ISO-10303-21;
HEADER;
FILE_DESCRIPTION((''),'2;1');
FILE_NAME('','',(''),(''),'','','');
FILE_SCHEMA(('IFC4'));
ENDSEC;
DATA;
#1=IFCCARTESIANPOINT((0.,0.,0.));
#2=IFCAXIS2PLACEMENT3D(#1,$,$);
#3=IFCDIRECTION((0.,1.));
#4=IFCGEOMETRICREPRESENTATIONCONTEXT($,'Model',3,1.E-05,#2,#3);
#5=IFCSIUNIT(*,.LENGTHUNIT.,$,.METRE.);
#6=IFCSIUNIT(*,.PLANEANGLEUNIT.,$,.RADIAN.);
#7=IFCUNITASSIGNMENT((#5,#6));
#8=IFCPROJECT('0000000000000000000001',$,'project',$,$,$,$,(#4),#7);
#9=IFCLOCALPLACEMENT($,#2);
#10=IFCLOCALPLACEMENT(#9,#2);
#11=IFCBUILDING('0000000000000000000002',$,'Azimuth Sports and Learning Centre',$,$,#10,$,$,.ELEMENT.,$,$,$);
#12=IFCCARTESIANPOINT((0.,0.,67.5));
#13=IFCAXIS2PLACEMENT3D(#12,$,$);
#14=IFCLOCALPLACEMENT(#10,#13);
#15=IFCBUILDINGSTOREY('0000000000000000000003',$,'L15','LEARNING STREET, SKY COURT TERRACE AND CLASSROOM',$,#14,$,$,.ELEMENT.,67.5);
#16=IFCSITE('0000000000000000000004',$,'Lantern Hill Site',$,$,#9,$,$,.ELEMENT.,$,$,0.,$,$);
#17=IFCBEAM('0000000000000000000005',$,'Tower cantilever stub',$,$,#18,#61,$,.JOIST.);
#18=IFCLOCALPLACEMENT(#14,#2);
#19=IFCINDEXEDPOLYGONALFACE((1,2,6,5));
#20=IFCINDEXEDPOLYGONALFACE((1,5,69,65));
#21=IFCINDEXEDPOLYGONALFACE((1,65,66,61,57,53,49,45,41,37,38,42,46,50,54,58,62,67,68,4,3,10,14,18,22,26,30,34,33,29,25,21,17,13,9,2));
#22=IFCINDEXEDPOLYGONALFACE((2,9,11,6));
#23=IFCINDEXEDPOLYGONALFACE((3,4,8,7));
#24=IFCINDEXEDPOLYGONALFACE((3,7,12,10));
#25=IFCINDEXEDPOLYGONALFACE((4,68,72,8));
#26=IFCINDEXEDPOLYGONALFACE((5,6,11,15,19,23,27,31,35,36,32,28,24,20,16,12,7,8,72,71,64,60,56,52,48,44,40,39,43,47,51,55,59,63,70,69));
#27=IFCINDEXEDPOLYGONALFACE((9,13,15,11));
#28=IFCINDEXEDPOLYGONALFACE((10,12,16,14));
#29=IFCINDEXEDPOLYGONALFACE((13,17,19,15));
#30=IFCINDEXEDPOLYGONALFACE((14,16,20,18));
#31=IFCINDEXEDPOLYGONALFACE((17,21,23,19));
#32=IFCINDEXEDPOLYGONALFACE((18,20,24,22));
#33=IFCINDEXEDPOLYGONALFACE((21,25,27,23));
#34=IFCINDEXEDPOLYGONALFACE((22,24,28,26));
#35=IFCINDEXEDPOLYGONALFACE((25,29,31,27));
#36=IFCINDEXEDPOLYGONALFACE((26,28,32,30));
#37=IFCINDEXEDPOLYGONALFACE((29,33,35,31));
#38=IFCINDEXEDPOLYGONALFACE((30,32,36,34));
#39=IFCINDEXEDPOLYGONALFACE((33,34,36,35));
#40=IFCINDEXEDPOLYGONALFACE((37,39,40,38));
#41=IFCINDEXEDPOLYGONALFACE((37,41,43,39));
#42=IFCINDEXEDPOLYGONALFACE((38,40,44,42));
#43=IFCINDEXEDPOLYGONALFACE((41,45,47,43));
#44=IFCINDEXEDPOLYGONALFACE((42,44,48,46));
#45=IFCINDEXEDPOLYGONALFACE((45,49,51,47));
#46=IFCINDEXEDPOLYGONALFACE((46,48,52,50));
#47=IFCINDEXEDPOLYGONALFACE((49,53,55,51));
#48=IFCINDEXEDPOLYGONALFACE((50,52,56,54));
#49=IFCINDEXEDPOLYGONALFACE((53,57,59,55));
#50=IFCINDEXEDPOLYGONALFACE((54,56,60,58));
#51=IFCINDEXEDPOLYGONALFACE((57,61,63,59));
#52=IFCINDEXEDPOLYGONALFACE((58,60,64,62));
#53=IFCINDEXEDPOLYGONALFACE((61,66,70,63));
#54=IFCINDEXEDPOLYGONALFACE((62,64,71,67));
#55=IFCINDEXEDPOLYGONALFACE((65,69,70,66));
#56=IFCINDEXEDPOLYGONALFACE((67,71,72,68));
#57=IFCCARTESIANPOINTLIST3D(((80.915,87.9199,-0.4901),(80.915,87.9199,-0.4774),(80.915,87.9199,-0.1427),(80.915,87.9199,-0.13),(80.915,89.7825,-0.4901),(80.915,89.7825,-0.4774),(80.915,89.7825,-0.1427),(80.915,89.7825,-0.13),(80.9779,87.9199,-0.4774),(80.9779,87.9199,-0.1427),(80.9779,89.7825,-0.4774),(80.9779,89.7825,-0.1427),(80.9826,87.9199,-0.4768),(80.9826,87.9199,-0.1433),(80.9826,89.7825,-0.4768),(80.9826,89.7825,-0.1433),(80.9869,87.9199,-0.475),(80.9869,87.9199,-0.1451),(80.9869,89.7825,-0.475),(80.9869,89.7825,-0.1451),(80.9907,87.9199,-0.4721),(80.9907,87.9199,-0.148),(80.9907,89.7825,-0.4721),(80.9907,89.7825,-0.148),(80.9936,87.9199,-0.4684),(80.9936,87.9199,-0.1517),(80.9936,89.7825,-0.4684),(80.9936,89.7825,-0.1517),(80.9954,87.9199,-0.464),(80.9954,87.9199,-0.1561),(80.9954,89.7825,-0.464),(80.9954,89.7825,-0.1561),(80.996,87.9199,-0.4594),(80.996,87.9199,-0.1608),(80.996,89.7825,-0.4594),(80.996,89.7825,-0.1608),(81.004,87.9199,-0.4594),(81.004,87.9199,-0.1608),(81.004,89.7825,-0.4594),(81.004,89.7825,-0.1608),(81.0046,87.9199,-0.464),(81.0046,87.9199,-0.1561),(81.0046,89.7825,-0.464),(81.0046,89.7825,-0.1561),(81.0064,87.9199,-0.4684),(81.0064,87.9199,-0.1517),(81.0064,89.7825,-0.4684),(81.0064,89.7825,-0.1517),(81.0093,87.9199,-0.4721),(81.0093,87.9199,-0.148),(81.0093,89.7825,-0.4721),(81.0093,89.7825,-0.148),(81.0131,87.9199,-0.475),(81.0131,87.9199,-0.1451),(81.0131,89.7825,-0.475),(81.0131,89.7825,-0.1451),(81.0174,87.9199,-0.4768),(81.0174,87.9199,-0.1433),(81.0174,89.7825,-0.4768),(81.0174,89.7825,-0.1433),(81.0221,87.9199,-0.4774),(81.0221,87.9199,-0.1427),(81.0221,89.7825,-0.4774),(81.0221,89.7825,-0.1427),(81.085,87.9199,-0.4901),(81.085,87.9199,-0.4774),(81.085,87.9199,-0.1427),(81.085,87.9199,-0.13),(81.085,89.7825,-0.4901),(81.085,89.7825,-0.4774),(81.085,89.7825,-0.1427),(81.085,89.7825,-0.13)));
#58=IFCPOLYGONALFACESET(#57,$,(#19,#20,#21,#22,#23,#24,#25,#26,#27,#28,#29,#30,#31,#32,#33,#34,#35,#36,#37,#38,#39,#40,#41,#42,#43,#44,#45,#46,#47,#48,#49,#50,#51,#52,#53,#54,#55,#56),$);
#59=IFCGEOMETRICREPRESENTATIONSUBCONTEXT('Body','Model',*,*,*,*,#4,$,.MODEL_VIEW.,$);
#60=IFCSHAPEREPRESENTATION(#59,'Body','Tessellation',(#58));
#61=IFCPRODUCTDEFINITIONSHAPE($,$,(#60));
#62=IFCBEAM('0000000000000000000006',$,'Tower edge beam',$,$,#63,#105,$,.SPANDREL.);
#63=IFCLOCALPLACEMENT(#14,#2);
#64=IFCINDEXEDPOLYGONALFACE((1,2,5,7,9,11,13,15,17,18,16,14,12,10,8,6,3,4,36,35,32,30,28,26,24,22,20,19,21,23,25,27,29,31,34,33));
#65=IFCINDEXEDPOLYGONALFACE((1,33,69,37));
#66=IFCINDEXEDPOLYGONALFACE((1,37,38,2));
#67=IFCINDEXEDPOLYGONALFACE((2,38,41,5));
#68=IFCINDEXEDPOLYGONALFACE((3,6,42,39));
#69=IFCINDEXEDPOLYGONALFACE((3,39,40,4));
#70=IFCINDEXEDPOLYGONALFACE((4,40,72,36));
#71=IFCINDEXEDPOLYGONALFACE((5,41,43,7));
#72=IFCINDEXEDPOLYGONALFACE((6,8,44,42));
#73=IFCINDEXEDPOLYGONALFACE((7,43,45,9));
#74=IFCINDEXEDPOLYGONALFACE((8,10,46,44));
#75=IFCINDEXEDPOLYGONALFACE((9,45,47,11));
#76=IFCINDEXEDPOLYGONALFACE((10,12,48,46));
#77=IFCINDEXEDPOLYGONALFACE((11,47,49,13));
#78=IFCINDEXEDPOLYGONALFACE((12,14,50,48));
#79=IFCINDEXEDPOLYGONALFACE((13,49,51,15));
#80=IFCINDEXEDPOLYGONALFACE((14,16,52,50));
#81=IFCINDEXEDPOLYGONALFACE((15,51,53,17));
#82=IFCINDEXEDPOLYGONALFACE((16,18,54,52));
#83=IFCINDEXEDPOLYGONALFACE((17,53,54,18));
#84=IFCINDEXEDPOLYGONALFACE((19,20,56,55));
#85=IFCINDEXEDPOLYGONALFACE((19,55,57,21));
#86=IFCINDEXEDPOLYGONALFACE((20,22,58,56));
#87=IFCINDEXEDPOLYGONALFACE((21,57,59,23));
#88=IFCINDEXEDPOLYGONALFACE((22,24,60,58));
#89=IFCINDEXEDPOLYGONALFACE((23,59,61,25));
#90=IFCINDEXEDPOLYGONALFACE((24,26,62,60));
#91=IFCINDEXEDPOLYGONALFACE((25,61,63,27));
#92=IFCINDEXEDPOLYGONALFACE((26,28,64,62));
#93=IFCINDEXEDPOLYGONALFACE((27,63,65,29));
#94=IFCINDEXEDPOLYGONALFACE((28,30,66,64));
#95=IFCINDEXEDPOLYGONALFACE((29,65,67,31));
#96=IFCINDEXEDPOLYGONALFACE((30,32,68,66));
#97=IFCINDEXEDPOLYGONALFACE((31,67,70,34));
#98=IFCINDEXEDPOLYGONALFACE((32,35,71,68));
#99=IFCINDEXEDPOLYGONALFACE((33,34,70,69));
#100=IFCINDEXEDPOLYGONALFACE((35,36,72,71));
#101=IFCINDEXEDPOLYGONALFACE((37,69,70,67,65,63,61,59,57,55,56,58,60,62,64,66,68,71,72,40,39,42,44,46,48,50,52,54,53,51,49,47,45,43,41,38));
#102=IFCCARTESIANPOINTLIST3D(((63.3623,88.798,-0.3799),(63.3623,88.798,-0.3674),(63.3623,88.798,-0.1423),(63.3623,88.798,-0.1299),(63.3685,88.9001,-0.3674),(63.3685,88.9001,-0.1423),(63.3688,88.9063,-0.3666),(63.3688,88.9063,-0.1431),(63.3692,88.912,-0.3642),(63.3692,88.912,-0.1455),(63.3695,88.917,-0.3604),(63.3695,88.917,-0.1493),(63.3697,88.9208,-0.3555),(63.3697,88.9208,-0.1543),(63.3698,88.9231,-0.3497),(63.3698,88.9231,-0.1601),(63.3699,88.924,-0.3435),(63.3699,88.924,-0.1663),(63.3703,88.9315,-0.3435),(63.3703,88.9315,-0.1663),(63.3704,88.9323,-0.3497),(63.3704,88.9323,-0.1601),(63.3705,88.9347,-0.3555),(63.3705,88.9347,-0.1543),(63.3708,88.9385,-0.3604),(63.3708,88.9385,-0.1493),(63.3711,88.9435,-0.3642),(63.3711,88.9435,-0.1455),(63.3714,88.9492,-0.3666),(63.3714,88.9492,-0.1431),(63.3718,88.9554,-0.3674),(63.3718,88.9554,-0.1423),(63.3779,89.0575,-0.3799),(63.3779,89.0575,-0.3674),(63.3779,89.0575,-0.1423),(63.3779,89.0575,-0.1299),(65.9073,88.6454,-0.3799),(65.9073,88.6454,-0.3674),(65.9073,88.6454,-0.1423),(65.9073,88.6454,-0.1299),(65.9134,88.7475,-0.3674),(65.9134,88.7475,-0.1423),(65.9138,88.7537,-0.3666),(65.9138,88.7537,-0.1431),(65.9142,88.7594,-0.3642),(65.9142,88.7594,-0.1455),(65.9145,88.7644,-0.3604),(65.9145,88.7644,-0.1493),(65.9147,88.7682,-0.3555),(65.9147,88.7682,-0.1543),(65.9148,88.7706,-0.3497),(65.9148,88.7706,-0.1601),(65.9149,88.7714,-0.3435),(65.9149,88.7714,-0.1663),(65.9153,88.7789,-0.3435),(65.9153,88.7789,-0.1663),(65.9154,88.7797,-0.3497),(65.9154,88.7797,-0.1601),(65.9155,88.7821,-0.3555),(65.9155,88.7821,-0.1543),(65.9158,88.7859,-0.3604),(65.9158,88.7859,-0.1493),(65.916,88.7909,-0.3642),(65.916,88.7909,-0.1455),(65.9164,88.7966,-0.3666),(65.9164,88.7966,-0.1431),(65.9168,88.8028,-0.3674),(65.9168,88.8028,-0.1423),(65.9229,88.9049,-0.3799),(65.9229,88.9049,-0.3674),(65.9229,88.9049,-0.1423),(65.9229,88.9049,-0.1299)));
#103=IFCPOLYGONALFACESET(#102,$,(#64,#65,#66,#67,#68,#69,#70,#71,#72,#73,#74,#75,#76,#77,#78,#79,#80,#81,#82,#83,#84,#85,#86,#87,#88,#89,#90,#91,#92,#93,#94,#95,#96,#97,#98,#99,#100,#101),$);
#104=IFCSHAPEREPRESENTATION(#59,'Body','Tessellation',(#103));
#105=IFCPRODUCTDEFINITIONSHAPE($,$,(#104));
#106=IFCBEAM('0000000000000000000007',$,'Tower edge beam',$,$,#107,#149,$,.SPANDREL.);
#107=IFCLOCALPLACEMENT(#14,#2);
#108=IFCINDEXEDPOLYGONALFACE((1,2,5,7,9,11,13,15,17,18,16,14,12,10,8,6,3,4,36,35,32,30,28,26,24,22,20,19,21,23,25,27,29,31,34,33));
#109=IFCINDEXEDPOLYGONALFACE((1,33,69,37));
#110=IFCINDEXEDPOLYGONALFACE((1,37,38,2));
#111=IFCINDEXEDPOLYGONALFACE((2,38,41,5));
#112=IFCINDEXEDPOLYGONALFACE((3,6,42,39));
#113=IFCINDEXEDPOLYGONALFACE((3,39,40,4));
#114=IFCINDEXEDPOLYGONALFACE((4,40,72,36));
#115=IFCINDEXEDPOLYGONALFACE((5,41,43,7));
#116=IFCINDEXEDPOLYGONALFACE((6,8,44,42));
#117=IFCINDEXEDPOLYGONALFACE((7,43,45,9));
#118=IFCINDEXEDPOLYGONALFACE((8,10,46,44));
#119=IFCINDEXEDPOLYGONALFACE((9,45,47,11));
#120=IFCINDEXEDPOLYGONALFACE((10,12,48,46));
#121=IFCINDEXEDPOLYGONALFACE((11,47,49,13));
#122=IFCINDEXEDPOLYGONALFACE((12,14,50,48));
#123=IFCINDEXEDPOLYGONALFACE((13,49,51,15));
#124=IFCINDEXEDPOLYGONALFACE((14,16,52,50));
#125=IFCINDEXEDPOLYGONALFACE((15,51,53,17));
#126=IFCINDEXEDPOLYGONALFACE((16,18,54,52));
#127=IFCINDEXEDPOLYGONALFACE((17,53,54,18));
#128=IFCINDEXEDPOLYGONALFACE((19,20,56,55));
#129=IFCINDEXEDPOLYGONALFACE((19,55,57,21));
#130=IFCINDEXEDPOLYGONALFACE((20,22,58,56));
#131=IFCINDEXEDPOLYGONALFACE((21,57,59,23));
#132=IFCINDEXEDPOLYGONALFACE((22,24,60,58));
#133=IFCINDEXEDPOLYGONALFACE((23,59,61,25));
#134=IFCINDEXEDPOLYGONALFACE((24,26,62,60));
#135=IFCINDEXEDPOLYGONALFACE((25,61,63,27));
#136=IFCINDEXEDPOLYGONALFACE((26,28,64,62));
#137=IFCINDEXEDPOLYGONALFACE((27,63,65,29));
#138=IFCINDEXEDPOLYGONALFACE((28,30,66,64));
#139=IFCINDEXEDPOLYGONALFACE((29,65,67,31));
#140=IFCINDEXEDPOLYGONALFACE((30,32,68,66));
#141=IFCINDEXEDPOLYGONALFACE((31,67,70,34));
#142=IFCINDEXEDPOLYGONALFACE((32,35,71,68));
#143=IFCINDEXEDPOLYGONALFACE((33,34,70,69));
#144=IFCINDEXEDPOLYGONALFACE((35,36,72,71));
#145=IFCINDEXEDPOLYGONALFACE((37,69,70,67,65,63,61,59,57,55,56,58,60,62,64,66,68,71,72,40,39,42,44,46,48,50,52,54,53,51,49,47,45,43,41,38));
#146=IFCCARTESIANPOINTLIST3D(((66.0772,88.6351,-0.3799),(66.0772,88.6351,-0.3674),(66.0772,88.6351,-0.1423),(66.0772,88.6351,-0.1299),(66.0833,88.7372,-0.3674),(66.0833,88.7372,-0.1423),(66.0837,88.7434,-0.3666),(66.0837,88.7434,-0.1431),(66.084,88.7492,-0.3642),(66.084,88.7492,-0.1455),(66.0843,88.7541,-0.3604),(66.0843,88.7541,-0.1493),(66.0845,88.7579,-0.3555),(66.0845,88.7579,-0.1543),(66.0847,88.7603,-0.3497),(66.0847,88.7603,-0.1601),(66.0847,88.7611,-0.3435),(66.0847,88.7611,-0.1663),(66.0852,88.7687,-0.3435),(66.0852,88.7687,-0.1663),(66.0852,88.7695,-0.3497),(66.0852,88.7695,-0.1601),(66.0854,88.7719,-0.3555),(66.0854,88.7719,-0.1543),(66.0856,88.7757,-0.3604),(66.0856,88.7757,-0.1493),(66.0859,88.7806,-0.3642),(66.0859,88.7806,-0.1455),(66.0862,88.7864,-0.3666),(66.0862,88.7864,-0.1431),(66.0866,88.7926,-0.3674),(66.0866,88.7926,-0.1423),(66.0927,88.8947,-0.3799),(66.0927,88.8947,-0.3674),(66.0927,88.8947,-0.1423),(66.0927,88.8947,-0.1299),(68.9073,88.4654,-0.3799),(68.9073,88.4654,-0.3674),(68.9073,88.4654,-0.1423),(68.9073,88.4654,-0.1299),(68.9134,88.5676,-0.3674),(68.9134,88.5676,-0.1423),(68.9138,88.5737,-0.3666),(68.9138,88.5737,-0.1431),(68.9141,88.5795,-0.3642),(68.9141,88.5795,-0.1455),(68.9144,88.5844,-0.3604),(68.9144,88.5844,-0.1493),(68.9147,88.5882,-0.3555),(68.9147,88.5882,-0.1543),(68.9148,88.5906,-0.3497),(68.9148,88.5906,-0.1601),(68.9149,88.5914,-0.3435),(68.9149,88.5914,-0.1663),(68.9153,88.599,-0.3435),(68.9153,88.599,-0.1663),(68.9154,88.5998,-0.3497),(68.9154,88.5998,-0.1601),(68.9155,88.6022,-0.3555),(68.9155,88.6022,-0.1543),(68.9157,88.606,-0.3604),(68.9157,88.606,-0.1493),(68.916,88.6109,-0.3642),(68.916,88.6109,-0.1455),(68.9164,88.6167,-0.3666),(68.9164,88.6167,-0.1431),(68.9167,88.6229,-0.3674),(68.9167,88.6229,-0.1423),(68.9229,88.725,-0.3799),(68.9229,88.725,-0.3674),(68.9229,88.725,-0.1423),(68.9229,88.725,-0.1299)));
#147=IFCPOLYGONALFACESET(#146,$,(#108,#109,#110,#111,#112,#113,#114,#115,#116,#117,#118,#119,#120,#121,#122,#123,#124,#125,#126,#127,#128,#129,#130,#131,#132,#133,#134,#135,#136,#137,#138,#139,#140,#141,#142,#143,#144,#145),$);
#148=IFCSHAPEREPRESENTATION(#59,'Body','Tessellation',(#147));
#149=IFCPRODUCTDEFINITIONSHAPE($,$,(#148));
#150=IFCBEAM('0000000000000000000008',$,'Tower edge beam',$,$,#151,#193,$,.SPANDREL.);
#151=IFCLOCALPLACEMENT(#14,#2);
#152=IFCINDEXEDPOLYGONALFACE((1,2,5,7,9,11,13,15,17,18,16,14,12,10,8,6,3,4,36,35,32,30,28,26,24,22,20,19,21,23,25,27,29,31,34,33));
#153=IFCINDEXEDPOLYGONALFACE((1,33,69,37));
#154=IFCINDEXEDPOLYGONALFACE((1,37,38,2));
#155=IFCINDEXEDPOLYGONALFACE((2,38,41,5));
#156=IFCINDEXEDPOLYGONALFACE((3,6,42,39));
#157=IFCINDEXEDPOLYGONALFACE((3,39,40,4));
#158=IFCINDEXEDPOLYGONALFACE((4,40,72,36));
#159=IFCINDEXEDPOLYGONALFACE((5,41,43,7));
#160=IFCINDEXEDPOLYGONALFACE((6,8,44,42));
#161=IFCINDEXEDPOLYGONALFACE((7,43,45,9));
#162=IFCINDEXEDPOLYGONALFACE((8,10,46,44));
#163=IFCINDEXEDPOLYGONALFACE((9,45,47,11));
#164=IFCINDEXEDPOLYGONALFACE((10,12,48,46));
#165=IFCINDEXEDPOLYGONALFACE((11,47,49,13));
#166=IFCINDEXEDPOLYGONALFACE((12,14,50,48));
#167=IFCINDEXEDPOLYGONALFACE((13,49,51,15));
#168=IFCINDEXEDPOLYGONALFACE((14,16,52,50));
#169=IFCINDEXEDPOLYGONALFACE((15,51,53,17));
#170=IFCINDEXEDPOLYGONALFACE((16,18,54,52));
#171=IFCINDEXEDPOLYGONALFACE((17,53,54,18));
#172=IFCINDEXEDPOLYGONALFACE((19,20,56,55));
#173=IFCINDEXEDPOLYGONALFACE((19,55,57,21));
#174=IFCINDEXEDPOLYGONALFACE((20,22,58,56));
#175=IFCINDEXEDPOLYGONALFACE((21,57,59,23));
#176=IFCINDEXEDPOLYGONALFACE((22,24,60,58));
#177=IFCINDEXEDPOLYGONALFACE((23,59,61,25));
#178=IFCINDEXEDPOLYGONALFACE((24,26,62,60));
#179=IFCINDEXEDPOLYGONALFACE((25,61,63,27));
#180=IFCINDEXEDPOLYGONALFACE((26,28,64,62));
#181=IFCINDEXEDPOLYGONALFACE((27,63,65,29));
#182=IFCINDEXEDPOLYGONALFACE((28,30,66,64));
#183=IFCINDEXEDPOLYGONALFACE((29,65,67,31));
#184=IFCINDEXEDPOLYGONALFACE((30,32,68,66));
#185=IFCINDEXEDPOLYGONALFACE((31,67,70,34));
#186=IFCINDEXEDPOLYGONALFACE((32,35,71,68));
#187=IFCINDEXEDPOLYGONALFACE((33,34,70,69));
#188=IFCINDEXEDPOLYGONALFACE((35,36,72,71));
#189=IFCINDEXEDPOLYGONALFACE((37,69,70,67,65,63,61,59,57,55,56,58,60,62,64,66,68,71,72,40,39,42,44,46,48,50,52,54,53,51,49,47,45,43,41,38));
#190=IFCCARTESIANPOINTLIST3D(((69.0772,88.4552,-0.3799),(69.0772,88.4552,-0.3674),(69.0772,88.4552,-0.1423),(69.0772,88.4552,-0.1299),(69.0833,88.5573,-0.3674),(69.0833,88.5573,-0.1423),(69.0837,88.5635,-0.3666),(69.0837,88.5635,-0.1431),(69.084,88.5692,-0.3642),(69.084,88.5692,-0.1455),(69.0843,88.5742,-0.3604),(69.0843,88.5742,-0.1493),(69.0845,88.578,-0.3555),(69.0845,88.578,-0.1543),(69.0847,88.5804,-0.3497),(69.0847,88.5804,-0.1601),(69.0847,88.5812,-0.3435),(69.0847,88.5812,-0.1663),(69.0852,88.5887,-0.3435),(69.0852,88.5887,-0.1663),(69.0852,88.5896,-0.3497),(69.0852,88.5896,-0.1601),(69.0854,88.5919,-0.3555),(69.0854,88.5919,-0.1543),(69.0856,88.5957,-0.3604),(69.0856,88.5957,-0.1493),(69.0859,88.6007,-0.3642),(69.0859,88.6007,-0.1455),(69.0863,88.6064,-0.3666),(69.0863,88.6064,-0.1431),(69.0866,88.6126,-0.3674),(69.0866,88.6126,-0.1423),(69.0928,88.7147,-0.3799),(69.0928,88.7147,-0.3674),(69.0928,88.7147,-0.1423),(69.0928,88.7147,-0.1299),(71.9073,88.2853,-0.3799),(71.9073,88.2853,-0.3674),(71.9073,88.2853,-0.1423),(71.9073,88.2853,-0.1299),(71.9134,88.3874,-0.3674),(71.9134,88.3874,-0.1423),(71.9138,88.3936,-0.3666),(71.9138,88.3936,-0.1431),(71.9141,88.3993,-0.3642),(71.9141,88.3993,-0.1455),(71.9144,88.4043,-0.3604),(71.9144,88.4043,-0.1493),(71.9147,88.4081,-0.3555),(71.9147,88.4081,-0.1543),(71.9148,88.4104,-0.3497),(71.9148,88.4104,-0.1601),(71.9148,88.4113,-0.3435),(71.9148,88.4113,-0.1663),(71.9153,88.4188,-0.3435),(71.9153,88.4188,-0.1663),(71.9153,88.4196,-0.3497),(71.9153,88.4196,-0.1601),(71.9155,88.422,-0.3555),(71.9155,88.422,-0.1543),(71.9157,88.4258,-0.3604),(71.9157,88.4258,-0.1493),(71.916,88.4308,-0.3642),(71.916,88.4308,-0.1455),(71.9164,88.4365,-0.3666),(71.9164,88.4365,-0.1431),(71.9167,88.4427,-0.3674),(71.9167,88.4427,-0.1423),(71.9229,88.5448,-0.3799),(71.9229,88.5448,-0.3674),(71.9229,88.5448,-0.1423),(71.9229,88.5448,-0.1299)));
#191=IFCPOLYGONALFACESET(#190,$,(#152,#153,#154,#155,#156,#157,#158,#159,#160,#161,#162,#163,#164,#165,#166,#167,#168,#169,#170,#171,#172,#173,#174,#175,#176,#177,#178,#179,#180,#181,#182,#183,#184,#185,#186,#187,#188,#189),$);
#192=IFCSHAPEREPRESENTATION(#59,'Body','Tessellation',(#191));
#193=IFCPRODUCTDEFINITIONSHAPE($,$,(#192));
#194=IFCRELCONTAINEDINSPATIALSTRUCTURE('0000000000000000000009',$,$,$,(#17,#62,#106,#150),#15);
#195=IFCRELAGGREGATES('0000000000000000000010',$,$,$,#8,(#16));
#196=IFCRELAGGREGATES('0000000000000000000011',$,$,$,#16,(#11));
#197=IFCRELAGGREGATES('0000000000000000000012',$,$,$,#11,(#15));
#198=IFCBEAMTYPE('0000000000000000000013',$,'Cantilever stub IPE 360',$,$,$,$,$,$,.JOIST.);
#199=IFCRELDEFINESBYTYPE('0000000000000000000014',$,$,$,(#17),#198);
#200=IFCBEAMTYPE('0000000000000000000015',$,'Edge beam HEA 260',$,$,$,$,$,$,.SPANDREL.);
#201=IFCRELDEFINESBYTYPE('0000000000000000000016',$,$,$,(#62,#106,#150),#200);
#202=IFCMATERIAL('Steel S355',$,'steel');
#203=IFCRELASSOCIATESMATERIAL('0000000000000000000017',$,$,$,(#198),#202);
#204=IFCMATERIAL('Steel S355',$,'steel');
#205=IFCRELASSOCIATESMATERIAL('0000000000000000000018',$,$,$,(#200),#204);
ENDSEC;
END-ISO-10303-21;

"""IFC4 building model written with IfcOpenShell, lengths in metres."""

from ifc_helpers import new_model, si_unit, direction, frame, origin, origin_2d, place, context, subcontext, project, spatial, i_section, extrude, material, material_profile, profile_set, type_object, element, save


model = new_model("IFC4")

# Units and contexts
model_context = context("Model", 3, precision=1e-05, world=origin(), true_north=direction((0.0, 1.0)))
body_context = subcontext(model_context, "Body", "Model", "MODEL_VIEW")
ifc_project = project(units=[si_unit("LENGTHUNIT", "METRE"), si_unit("PLANEANGLEUNIT", "RADIAN")], contexts=[model_context])

# Site, building, storey
site_placement = place(None, origin())
site = spatial("IfcSite", under=ifc_project, at=site_placement, Name="Lantern Hill Site", CompositionType="ELEMENT", RefElevation=0.0)
building_placement = place(site_placement, origin())
building = spatial("IfcBuilding", under=site, at=building_placement, Name="Azimuth Sports and Learning Centre", CompositionType="ELEMENT")
storey_placement = place(building_placement, frame((0.0, 0.0, 67.5)))
storey = spatial("IfcBuildingStorey", under=building, at=storey_placement, Name="L15", Description="LEARNING STREET, SKY COURT TERRACE AND CLASSROOM", CompositionType="ELEMENT", Elevation=67.5)

# Beams
ifc_material_1 = material(Name="Steel S355", Category="steel")
ifc_material_profile_1 = material_profile(ifc_material_1, i_section(OverallWidth=0.1699, OverallDepth=0.3601, WebThickness=0.0081, FlangeThickness=0.0127, FilletRadius=0.0181, at=origin_2d()), Name="IPE 360")
ifc_profile_set_1 = profile_set([ifc_material_profile_1], Name="Steel S355")
beam_type_1 = type_object("IfcBeamType", Name="Cantilever stub IPE 360", PredefinedType="JOIST", material=ifc_profile_set_1)
beam_1_placement = place(storey_placement, frame((81.0, 89.7825, -0.3101), z_axis=(0.0, -1.0, 0.0), x_axis=(1.0, 0.0, 0.0)))
element("IfcBeam", 1, at=beam_1_placement, inside=storey, type_object=beam_type_1, Name="Tower cantilever stub", PredefinedType="JOIST", context=body_context, shape_type="SweptSolid", body=[
    extrude(i_section(OverallWidth=0.1699, OverallDepth=0.3601, WebThickness=0.0081, FlangeThickness=0.0127, FilletRadius=0.0181, at=origin_2d()), origin(), (0.0, 0.0, 1.0), 1.8625),
])
ifc_material_2 = material(Name="Steel S355", Category="steel")
ifc_material_profile_2 = material_profile(ifc_material_2, i_section(OverallWidth=0.26, OverallDepth=0.25, WebThickness=0.0076, FlangeThickness=0.0125, FilletRadius=0.0239, at=origin_2d()), Name="HEA 260")
ifc_profile_set_2 = profile_set([ifc_material_profile_2], Name="Steel S355")
beam_type_2 = type_object("IfcBeamType", Name="Edge beam HEA 260", PredefinedType="SPANDREL", material=ifc_profile_set_2)
beam_2_placement = place(storey_placement, frame((63.3701, 88.9277, -0.2549), z_axis=(0.998207, -0.05985, 0.0), x_axis=(0.05985, 0.998207, 0.0)))
element("IfcBeam", 2, at=beam_2_placement, inside=storey, type_object=beam_type_2, Name="Tower edge beam", PredefinedType="SPANDREL", context=body_context, shape_type="SweptSolid", body=[
    extrude(i_section(OverallWidth=0.26, OverallDepth=0.25, WebThickness=0.0076, FlangeThickness=0.0125, FilletRadius=0.0239, at=origin_2d()), origin(), (0.0, 0.0, 1.0), 2.5496),
])
for number, where, z_axis, x_axis, name in (
    (3, (66.085, 88.7649, -0.2549), (0.998208, -0.059848, 0.0), (0.059848, 0.998208, 0.0), "Tower edge beam"),
    (4, (69.085, 88.585, -0.2549), (0.998202, -0.059933, 0.0), (0.059933, 0.998202, 0.0), "Tower edge beam"),
):
    element("IfcBeam", number, at=place(storey_placement, frame(where, z_axis=z_axis, x_axis=x_axis)), inside=storey, type_object=beam_type_2, Name=name, PredefinedType="SPANDREL", context=body_context, shape_type="SweptSolid", body=[
        extrude(i_section(OverallWidth=0.26, OverallDepth=0.25, WebThickness=0.0076, FlangeThickness=0.0125, FilletRadius=0.0239, at=origin_2d()), origin(), (0.0, 0.0, 1.0), 2.8352),
    ])

save(model, "model.ifc")
